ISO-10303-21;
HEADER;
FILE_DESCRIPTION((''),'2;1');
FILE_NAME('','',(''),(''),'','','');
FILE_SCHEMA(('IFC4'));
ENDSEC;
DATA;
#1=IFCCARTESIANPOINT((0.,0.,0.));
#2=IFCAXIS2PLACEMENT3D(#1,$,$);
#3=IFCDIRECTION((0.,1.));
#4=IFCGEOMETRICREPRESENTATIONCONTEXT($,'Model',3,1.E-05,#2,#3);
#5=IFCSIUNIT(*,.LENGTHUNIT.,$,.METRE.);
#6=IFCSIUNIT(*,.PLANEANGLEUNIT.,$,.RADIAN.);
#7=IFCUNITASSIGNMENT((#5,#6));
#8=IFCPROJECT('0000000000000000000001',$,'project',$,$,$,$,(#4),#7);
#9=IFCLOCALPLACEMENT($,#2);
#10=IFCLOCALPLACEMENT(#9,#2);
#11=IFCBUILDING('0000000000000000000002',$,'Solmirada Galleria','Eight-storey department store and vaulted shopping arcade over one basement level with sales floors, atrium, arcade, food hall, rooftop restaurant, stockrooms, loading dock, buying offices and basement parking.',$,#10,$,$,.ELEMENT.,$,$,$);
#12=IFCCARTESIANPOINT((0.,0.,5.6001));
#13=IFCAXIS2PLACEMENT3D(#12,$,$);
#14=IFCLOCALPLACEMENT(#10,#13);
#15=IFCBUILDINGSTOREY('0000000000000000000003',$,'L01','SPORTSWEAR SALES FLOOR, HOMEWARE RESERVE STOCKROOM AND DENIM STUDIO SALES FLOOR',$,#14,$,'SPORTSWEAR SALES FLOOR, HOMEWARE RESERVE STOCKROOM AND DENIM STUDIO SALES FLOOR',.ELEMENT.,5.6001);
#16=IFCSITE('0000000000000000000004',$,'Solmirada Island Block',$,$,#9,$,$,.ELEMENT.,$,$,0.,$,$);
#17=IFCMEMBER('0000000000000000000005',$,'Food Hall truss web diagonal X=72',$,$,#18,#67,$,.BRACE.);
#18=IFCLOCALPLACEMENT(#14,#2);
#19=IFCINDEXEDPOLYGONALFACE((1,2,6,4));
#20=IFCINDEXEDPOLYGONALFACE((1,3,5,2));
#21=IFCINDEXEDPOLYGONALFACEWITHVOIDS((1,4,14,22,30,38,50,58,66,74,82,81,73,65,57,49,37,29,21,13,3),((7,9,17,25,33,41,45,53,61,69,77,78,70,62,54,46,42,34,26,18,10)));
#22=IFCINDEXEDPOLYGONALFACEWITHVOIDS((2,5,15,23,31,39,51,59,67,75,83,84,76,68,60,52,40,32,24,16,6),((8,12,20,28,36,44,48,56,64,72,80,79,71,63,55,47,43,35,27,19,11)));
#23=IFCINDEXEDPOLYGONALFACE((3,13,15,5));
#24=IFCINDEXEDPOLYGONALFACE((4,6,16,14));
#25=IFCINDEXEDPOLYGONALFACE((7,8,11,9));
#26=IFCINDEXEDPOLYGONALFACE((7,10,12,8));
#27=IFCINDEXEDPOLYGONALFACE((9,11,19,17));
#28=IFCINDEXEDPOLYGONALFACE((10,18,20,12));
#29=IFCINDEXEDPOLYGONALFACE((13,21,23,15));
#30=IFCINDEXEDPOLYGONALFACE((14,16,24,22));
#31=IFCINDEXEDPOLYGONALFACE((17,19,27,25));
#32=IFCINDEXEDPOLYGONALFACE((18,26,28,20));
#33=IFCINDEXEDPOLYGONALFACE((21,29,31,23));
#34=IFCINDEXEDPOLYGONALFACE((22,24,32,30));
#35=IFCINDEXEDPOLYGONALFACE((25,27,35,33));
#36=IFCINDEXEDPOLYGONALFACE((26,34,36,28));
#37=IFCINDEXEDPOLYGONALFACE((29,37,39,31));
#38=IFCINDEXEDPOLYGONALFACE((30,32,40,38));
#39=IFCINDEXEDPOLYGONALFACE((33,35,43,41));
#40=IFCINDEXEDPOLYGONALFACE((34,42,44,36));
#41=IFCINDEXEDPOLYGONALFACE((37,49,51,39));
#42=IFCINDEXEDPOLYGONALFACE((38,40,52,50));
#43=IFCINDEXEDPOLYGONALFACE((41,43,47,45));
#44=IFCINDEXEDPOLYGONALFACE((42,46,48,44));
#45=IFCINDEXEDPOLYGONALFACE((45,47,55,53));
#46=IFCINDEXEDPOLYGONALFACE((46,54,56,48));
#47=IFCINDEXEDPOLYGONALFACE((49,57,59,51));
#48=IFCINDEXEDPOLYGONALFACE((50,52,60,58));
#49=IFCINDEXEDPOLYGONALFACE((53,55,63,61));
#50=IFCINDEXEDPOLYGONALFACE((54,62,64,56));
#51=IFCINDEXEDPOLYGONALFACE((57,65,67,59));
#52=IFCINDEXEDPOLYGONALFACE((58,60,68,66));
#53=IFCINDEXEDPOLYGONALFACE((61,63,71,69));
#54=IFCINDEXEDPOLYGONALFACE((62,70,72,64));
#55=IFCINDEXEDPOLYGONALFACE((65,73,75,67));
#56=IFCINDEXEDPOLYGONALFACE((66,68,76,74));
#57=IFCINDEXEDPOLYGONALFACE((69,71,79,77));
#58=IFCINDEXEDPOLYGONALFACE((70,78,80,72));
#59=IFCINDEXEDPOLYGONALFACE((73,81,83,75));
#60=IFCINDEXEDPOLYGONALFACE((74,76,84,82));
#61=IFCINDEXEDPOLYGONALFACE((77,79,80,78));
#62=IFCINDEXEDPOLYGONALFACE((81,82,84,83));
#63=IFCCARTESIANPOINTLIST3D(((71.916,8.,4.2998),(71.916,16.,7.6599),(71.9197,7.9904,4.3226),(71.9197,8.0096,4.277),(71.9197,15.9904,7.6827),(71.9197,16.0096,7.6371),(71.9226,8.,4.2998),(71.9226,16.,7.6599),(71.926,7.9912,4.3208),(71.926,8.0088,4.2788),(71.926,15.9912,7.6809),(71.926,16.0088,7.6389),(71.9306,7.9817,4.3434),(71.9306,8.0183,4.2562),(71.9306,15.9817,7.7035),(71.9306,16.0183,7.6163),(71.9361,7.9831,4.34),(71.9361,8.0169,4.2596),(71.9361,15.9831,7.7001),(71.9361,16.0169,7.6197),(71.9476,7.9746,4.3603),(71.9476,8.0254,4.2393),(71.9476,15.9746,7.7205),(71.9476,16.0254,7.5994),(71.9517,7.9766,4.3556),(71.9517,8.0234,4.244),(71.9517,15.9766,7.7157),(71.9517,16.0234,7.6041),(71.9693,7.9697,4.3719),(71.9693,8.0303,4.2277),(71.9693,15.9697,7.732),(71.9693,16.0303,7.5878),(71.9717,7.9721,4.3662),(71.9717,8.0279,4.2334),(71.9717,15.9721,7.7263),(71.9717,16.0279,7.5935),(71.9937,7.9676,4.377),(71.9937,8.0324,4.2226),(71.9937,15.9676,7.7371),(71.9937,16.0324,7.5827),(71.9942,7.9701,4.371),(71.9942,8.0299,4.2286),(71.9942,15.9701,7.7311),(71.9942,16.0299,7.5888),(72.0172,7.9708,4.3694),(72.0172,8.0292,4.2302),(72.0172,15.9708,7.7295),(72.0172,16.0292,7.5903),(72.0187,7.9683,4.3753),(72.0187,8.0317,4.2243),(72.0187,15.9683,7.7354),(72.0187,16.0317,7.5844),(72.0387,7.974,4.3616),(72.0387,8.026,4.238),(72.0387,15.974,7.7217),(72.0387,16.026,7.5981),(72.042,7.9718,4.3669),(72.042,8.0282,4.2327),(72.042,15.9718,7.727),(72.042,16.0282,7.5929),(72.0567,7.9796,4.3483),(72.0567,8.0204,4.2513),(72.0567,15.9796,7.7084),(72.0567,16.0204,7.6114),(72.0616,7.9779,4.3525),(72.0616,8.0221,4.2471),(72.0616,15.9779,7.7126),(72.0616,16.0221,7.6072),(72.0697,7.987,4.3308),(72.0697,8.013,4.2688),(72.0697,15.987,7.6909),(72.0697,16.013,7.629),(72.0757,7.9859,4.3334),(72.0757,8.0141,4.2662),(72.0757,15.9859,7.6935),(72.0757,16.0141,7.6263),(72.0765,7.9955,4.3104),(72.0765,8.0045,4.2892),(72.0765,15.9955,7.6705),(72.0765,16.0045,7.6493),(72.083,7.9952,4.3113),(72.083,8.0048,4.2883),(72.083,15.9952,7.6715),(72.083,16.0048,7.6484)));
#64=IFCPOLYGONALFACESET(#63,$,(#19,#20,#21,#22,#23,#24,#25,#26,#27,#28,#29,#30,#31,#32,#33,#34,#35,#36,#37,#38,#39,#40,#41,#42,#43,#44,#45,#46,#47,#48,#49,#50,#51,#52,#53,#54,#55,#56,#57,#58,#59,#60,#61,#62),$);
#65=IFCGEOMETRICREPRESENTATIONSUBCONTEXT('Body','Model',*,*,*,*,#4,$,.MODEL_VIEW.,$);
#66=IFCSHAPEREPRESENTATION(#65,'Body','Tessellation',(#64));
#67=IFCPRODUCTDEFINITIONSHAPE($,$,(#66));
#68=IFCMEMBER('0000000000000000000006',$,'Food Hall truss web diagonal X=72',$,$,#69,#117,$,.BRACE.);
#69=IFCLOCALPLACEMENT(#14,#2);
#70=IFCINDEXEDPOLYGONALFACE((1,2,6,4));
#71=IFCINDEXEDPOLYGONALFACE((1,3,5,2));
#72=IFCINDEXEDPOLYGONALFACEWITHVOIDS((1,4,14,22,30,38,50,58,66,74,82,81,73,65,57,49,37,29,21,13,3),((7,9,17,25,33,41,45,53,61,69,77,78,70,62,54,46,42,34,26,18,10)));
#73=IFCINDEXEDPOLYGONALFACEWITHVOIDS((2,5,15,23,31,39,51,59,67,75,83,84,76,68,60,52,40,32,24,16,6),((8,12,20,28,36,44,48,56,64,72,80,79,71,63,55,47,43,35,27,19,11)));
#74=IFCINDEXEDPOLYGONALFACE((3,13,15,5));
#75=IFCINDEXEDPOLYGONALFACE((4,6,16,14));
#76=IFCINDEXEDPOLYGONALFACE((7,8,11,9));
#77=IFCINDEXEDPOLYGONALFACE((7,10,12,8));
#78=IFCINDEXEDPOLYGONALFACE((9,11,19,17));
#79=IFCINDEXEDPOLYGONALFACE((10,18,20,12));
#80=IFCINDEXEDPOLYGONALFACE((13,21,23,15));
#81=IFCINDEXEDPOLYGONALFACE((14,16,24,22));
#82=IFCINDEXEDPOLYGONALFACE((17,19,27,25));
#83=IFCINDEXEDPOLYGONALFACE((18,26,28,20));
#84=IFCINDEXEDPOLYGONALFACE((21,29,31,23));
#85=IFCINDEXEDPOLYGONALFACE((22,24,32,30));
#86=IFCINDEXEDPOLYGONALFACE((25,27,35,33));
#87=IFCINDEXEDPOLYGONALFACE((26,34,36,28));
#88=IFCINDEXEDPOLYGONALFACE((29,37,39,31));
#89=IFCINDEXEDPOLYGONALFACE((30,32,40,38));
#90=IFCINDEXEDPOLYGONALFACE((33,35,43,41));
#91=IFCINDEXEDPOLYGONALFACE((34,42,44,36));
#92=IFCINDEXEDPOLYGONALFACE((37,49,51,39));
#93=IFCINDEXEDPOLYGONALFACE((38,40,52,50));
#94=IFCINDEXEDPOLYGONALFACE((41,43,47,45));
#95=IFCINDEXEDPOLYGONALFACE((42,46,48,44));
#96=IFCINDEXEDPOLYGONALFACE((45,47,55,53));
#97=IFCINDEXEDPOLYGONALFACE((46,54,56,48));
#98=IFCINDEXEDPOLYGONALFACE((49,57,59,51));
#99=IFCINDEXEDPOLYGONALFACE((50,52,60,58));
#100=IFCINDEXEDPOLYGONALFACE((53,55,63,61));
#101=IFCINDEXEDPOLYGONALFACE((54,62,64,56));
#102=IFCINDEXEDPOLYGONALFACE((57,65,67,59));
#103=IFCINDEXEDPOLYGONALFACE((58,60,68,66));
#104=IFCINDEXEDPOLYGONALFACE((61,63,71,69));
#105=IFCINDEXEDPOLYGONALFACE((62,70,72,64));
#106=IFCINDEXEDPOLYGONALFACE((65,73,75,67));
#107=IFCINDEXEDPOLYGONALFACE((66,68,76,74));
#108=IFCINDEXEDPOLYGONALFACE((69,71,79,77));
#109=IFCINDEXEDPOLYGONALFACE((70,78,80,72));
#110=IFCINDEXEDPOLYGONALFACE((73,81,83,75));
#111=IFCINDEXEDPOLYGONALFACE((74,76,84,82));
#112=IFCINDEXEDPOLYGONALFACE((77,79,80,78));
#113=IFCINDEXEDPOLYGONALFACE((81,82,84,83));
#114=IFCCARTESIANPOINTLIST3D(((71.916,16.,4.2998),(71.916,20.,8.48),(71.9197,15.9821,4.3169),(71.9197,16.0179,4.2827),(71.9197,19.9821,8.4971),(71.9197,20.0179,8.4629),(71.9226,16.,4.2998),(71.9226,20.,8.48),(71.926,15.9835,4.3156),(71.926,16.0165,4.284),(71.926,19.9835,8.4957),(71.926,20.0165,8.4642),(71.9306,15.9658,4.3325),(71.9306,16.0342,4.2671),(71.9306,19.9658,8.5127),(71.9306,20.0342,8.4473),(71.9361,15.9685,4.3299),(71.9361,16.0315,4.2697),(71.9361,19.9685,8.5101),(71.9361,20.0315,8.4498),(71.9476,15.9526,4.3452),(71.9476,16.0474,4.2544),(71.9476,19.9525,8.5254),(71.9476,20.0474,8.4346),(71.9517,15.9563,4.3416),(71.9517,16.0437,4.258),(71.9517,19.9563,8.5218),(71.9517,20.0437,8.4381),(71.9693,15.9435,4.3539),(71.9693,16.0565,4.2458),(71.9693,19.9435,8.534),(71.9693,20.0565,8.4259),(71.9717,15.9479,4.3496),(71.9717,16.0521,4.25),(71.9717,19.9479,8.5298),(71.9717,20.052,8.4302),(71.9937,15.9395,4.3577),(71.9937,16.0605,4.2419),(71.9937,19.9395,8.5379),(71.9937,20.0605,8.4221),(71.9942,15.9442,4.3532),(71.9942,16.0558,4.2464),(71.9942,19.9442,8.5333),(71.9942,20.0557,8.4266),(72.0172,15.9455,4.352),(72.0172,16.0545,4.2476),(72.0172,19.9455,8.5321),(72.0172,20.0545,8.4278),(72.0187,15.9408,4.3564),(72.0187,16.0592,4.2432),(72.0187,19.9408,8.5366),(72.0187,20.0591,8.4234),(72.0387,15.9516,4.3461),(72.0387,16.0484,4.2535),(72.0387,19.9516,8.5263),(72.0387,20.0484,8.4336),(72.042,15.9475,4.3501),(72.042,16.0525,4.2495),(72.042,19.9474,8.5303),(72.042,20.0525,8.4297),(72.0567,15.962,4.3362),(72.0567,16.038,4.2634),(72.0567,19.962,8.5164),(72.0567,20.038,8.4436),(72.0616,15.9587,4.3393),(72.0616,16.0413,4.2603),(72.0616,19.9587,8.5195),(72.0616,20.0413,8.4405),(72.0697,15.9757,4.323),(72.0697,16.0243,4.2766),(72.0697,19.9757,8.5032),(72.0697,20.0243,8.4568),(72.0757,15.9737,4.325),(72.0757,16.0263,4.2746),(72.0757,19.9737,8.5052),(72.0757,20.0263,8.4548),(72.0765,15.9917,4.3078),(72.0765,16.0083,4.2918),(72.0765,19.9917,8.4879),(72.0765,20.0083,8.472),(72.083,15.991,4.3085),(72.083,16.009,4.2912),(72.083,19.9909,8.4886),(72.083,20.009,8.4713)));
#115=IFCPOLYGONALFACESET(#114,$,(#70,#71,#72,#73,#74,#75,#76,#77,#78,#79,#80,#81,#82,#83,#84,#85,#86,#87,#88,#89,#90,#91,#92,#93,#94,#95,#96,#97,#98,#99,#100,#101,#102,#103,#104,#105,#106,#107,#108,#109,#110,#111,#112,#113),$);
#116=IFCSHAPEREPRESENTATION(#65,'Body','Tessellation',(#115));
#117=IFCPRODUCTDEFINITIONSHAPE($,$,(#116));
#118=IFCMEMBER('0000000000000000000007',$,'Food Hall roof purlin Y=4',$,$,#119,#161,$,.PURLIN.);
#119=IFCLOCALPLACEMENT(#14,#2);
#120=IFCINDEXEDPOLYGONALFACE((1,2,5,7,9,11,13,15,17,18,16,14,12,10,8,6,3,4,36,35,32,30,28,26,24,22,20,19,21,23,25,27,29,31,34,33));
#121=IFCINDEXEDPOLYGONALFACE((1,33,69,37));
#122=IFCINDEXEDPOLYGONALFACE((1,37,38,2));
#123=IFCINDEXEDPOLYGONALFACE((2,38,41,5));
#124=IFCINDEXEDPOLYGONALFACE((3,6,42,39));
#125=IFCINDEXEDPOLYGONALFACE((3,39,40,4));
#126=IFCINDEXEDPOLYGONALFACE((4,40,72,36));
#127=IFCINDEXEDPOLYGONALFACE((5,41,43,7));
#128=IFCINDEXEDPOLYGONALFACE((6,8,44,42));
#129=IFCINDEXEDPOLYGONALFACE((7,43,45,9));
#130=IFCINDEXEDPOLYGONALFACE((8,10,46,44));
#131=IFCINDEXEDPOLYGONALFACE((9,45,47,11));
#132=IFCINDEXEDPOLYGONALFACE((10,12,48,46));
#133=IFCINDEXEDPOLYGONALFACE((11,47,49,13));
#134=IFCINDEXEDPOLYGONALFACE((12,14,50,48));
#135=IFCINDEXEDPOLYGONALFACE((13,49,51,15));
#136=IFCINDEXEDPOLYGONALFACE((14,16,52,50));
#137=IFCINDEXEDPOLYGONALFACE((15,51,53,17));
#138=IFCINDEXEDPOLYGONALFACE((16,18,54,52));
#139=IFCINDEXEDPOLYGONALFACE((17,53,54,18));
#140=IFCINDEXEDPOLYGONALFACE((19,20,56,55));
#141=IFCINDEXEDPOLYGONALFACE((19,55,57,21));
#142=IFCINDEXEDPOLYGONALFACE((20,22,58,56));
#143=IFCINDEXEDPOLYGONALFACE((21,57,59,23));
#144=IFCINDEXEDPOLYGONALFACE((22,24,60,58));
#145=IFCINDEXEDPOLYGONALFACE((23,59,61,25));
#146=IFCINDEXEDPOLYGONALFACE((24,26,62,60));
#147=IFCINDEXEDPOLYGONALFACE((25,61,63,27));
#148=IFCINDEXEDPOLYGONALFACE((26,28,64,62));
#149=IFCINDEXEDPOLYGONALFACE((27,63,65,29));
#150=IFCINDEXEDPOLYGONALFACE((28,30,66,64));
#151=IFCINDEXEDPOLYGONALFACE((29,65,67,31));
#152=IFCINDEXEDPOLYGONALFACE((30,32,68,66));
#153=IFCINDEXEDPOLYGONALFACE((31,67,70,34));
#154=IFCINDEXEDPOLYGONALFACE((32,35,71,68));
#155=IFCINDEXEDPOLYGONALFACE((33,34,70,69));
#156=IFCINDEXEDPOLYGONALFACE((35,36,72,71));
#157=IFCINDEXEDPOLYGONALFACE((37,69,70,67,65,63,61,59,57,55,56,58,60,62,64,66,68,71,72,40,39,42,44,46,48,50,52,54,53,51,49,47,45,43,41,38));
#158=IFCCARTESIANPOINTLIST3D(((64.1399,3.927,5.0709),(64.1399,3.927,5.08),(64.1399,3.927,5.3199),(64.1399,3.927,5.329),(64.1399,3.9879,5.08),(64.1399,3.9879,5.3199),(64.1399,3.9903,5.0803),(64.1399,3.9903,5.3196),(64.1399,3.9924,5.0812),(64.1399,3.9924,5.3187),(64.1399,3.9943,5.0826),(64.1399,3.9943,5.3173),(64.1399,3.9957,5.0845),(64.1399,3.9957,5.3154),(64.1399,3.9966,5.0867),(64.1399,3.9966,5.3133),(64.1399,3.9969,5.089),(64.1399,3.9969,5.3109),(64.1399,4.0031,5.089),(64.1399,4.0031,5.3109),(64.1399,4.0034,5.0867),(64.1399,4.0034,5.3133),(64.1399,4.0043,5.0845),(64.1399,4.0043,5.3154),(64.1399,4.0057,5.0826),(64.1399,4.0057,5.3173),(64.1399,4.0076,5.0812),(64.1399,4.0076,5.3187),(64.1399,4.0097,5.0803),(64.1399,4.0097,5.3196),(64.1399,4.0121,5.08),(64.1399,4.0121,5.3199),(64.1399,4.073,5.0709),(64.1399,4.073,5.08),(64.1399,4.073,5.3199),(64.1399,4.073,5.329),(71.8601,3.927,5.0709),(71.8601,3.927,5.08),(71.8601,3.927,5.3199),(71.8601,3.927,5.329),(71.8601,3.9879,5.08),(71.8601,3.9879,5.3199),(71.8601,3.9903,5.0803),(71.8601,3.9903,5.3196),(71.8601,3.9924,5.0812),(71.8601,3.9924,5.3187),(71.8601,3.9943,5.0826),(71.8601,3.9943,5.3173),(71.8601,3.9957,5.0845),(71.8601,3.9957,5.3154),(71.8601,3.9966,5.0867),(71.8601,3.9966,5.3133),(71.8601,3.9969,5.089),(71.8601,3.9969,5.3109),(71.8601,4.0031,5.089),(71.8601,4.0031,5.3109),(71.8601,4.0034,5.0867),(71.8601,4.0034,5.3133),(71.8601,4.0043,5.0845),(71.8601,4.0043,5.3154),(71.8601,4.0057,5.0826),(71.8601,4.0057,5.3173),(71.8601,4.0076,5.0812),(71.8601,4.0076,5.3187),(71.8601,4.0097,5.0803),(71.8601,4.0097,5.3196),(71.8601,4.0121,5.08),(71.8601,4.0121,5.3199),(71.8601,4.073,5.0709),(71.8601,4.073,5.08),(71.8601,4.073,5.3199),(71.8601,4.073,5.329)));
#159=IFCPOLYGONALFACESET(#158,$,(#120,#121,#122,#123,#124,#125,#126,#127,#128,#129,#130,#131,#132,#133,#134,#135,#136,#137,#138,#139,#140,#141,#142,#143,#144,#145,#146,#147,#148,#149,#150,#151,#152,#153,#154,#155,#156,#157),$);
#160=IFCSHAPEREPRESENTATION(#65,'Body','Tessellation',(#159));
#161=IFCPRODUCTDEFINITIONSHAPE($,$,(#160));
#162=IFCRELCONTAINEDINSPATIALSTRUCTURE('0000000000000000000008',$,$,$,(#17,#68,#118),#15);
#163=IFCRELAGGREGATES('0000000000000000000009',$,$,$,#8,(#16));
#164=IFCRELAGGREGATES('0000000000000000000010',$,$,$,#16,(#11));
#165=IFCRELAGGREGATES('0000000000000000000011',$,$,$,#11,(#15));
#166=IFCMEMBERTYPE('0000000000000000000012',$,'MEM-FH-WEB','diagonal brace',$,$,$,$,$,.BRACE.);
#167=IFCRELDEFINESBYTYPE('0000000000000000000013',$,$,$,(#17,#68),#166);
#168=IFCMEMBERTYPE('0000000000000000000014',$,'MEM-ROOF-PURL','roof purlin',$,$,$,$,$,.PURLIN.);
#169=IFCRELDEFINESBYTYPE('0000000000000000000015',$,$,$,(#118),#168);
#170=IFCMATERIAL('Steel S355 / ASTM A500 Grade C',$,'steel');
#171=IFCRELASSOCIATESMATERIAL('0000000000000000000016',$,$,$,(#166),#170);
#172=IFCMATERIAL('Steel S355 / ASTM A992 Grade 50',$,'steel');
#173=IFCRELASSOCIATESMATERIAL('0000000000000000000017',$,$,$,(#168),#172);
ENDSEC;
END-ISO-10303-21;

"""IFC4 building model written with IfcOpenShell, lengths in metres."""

from ifc_helpers import new_model, si_unit, direction, frame, origin, origin_2d, place, context, subcontext, project, spatial, hollow_circle, i_section, extrude, material, material_profile, profile_set, type_object, element, save


model = new_model("IFC4")

# Units and contexts
model_context = context("Model", 3, precision=1e-05, world=origin(), true_north=direction((0.0, 1.0)))
body_context = subcontext(model_context, "Body", "Model", "MODEL_VIEW")
ifc_project = project(units=[si_unit("LENGTHUNIT", "METRE"), si_unit("PLANEANGLEUNIT", "RADIAN")], contexts=[model_context])

# Site, building, storey
site_placement = place(None, origin())
site = spatial("IfcSite", under=ifc_project, at=site_placement, Name="Solmirada Island Block", CompositionType="ELEMENT", RefElevation=0.0)
building_placement = place(site_placement, origin())
building = spatial("IfcBuilding", under=site, at=building_placement, Name="Solmirada Galleria", Description="Eight-storey department store and vaulted shopping arcade over one basement level with sales floors, atrium, arcade, food hall, rooftop restaurant, stockrooms, loading dock, buying offices and basement parking.", CompositionType="ELEMENT")
storey_placement = place(building_placement, frame((0.0, 0.0, 5.6001)))
storey = spatial("IfcBuildingStorey", under=building, at=storey_placement, Name="L01", Description="SPORTSWEAR SALES FLOOR, HOMEWARE RESERVE STOCKROOM AND DENIM STUDIO SALES FLOOR", LongName="SPORTSWEAR SALES FLOOR, HOMEWARE RESERVE STOCKROOM AND DENIM STUDIO SALES FLOOR", CompositionType="ELEMENT", Elevation=5.6001)

# Shared definitions
ifc_material_1 = material(Name="Steel S355 / ASTM A500 Grade C", Category="steel")

# Shared definitions
ifc_material_2 = material(Name="Steel S355 / ASTM A992 Grade 50", Category="steel")

# Members
ifc_material_profile_1 = material_profile(ifc_material_1, hollow_circle(Radius=0.084, WallThickness=0.0066, at=origin_2d()), Name="HSS6.625X0.280")
ifc_profile_set_1 = profile_set([ifc_material_profile_1], Name="Steel S355 / ASTM A500 Grade C")
member_type_1 = type_object("IfcMemberType", Name="MEM-FH-WEB", Description="diagonal brace", PredefinedType="BRACE", material=ifc_profile_set_1)
member_1_placement = place(storey_placement, frame((72.0, 8.0, 4.2998), z_axis=(0.0, 0.921978, 0.387243), x_axis=(-1.0, 0.0, 0.0)))
element("IfcMember", 1, at=member_1_placement, inside=storey, type_object=member_type_1, Name="Food Hall truss web diagonal X=72", PredefinedType="BRACE", context=body_context, shape_type="SweptSolid", body=[
    extrude(hollow_circle(Radius=0.084, WallThickness=0.0066, at=origin_2d()), origin(), (0.0, 0.0, 1.0), 8.677),
])
member_2_placement = place(storey_placement, frame((72.0, 16.0, 4.2998), z_axis=(0.0, 0.691364, 0.722506), x_axis=(-1.0, 0.0, 0.0)))
element("IfcMember", 2, at=member_2_placement, inside=storey, type_object=member_type_1, Name="Food Hall truss web diagonal X=72", PredefinedType="BRACE", context=body_context, shape_type="SweptSolid", body=[
    extrude(hollow_circle(Radius=0.084, WallThickness=0.0066, at=origin_2d()), origin(), (0.0, 0.0, 1.0), 5.7856),
])
ifc_material_profile_2 = material_profile(ifc_material_2, i_section(OverallWidth=0.146, OverallDepth=0.2581, WebThickness=0.0061, FlangeThickness=0.009, FilletRadius=0.009, at=origin_2d()), Name="W10X22")
ifc_profile_set_2 = profile_set([ifc_material_profile_2], Name="Steel S355 / ASTM A992 Grade 50")
member_type_2 = type_object("IfcMemberType", Name="MEM-ROOF-PURL", Description="roof purlin", PredefinedType="PURLIN", material=ifc_profile_set_2)
for number, where, z_axis, x_axis, name in (
    (3, (64.1399, 4.0, 5.2), (1.0, 0.0, 0.0), (0.0, 1.0, 0.0), "Food Hall roof purlin Y=4"),
):
    element("IfcMember", number, at=place(storey_placement, frame(where, z_axis=z_axis, x_axis=x_axis)), inside=storey, type_object=member_type_2, Name=name, PredefinedType="PURLIN", context=body_context, shape_type="SweptSolid", body=[
        extrude(i_section(OverallWidth=0.146, OverallDepth=0.2581, WebThickness=0.0061, FlangeThickness=0.009, FilletRadius=0.009, at=origin_2d()), origin(), (0.0, 0.0, 1.0), 7.7202),
    ])

save(model, "model.ifc")
